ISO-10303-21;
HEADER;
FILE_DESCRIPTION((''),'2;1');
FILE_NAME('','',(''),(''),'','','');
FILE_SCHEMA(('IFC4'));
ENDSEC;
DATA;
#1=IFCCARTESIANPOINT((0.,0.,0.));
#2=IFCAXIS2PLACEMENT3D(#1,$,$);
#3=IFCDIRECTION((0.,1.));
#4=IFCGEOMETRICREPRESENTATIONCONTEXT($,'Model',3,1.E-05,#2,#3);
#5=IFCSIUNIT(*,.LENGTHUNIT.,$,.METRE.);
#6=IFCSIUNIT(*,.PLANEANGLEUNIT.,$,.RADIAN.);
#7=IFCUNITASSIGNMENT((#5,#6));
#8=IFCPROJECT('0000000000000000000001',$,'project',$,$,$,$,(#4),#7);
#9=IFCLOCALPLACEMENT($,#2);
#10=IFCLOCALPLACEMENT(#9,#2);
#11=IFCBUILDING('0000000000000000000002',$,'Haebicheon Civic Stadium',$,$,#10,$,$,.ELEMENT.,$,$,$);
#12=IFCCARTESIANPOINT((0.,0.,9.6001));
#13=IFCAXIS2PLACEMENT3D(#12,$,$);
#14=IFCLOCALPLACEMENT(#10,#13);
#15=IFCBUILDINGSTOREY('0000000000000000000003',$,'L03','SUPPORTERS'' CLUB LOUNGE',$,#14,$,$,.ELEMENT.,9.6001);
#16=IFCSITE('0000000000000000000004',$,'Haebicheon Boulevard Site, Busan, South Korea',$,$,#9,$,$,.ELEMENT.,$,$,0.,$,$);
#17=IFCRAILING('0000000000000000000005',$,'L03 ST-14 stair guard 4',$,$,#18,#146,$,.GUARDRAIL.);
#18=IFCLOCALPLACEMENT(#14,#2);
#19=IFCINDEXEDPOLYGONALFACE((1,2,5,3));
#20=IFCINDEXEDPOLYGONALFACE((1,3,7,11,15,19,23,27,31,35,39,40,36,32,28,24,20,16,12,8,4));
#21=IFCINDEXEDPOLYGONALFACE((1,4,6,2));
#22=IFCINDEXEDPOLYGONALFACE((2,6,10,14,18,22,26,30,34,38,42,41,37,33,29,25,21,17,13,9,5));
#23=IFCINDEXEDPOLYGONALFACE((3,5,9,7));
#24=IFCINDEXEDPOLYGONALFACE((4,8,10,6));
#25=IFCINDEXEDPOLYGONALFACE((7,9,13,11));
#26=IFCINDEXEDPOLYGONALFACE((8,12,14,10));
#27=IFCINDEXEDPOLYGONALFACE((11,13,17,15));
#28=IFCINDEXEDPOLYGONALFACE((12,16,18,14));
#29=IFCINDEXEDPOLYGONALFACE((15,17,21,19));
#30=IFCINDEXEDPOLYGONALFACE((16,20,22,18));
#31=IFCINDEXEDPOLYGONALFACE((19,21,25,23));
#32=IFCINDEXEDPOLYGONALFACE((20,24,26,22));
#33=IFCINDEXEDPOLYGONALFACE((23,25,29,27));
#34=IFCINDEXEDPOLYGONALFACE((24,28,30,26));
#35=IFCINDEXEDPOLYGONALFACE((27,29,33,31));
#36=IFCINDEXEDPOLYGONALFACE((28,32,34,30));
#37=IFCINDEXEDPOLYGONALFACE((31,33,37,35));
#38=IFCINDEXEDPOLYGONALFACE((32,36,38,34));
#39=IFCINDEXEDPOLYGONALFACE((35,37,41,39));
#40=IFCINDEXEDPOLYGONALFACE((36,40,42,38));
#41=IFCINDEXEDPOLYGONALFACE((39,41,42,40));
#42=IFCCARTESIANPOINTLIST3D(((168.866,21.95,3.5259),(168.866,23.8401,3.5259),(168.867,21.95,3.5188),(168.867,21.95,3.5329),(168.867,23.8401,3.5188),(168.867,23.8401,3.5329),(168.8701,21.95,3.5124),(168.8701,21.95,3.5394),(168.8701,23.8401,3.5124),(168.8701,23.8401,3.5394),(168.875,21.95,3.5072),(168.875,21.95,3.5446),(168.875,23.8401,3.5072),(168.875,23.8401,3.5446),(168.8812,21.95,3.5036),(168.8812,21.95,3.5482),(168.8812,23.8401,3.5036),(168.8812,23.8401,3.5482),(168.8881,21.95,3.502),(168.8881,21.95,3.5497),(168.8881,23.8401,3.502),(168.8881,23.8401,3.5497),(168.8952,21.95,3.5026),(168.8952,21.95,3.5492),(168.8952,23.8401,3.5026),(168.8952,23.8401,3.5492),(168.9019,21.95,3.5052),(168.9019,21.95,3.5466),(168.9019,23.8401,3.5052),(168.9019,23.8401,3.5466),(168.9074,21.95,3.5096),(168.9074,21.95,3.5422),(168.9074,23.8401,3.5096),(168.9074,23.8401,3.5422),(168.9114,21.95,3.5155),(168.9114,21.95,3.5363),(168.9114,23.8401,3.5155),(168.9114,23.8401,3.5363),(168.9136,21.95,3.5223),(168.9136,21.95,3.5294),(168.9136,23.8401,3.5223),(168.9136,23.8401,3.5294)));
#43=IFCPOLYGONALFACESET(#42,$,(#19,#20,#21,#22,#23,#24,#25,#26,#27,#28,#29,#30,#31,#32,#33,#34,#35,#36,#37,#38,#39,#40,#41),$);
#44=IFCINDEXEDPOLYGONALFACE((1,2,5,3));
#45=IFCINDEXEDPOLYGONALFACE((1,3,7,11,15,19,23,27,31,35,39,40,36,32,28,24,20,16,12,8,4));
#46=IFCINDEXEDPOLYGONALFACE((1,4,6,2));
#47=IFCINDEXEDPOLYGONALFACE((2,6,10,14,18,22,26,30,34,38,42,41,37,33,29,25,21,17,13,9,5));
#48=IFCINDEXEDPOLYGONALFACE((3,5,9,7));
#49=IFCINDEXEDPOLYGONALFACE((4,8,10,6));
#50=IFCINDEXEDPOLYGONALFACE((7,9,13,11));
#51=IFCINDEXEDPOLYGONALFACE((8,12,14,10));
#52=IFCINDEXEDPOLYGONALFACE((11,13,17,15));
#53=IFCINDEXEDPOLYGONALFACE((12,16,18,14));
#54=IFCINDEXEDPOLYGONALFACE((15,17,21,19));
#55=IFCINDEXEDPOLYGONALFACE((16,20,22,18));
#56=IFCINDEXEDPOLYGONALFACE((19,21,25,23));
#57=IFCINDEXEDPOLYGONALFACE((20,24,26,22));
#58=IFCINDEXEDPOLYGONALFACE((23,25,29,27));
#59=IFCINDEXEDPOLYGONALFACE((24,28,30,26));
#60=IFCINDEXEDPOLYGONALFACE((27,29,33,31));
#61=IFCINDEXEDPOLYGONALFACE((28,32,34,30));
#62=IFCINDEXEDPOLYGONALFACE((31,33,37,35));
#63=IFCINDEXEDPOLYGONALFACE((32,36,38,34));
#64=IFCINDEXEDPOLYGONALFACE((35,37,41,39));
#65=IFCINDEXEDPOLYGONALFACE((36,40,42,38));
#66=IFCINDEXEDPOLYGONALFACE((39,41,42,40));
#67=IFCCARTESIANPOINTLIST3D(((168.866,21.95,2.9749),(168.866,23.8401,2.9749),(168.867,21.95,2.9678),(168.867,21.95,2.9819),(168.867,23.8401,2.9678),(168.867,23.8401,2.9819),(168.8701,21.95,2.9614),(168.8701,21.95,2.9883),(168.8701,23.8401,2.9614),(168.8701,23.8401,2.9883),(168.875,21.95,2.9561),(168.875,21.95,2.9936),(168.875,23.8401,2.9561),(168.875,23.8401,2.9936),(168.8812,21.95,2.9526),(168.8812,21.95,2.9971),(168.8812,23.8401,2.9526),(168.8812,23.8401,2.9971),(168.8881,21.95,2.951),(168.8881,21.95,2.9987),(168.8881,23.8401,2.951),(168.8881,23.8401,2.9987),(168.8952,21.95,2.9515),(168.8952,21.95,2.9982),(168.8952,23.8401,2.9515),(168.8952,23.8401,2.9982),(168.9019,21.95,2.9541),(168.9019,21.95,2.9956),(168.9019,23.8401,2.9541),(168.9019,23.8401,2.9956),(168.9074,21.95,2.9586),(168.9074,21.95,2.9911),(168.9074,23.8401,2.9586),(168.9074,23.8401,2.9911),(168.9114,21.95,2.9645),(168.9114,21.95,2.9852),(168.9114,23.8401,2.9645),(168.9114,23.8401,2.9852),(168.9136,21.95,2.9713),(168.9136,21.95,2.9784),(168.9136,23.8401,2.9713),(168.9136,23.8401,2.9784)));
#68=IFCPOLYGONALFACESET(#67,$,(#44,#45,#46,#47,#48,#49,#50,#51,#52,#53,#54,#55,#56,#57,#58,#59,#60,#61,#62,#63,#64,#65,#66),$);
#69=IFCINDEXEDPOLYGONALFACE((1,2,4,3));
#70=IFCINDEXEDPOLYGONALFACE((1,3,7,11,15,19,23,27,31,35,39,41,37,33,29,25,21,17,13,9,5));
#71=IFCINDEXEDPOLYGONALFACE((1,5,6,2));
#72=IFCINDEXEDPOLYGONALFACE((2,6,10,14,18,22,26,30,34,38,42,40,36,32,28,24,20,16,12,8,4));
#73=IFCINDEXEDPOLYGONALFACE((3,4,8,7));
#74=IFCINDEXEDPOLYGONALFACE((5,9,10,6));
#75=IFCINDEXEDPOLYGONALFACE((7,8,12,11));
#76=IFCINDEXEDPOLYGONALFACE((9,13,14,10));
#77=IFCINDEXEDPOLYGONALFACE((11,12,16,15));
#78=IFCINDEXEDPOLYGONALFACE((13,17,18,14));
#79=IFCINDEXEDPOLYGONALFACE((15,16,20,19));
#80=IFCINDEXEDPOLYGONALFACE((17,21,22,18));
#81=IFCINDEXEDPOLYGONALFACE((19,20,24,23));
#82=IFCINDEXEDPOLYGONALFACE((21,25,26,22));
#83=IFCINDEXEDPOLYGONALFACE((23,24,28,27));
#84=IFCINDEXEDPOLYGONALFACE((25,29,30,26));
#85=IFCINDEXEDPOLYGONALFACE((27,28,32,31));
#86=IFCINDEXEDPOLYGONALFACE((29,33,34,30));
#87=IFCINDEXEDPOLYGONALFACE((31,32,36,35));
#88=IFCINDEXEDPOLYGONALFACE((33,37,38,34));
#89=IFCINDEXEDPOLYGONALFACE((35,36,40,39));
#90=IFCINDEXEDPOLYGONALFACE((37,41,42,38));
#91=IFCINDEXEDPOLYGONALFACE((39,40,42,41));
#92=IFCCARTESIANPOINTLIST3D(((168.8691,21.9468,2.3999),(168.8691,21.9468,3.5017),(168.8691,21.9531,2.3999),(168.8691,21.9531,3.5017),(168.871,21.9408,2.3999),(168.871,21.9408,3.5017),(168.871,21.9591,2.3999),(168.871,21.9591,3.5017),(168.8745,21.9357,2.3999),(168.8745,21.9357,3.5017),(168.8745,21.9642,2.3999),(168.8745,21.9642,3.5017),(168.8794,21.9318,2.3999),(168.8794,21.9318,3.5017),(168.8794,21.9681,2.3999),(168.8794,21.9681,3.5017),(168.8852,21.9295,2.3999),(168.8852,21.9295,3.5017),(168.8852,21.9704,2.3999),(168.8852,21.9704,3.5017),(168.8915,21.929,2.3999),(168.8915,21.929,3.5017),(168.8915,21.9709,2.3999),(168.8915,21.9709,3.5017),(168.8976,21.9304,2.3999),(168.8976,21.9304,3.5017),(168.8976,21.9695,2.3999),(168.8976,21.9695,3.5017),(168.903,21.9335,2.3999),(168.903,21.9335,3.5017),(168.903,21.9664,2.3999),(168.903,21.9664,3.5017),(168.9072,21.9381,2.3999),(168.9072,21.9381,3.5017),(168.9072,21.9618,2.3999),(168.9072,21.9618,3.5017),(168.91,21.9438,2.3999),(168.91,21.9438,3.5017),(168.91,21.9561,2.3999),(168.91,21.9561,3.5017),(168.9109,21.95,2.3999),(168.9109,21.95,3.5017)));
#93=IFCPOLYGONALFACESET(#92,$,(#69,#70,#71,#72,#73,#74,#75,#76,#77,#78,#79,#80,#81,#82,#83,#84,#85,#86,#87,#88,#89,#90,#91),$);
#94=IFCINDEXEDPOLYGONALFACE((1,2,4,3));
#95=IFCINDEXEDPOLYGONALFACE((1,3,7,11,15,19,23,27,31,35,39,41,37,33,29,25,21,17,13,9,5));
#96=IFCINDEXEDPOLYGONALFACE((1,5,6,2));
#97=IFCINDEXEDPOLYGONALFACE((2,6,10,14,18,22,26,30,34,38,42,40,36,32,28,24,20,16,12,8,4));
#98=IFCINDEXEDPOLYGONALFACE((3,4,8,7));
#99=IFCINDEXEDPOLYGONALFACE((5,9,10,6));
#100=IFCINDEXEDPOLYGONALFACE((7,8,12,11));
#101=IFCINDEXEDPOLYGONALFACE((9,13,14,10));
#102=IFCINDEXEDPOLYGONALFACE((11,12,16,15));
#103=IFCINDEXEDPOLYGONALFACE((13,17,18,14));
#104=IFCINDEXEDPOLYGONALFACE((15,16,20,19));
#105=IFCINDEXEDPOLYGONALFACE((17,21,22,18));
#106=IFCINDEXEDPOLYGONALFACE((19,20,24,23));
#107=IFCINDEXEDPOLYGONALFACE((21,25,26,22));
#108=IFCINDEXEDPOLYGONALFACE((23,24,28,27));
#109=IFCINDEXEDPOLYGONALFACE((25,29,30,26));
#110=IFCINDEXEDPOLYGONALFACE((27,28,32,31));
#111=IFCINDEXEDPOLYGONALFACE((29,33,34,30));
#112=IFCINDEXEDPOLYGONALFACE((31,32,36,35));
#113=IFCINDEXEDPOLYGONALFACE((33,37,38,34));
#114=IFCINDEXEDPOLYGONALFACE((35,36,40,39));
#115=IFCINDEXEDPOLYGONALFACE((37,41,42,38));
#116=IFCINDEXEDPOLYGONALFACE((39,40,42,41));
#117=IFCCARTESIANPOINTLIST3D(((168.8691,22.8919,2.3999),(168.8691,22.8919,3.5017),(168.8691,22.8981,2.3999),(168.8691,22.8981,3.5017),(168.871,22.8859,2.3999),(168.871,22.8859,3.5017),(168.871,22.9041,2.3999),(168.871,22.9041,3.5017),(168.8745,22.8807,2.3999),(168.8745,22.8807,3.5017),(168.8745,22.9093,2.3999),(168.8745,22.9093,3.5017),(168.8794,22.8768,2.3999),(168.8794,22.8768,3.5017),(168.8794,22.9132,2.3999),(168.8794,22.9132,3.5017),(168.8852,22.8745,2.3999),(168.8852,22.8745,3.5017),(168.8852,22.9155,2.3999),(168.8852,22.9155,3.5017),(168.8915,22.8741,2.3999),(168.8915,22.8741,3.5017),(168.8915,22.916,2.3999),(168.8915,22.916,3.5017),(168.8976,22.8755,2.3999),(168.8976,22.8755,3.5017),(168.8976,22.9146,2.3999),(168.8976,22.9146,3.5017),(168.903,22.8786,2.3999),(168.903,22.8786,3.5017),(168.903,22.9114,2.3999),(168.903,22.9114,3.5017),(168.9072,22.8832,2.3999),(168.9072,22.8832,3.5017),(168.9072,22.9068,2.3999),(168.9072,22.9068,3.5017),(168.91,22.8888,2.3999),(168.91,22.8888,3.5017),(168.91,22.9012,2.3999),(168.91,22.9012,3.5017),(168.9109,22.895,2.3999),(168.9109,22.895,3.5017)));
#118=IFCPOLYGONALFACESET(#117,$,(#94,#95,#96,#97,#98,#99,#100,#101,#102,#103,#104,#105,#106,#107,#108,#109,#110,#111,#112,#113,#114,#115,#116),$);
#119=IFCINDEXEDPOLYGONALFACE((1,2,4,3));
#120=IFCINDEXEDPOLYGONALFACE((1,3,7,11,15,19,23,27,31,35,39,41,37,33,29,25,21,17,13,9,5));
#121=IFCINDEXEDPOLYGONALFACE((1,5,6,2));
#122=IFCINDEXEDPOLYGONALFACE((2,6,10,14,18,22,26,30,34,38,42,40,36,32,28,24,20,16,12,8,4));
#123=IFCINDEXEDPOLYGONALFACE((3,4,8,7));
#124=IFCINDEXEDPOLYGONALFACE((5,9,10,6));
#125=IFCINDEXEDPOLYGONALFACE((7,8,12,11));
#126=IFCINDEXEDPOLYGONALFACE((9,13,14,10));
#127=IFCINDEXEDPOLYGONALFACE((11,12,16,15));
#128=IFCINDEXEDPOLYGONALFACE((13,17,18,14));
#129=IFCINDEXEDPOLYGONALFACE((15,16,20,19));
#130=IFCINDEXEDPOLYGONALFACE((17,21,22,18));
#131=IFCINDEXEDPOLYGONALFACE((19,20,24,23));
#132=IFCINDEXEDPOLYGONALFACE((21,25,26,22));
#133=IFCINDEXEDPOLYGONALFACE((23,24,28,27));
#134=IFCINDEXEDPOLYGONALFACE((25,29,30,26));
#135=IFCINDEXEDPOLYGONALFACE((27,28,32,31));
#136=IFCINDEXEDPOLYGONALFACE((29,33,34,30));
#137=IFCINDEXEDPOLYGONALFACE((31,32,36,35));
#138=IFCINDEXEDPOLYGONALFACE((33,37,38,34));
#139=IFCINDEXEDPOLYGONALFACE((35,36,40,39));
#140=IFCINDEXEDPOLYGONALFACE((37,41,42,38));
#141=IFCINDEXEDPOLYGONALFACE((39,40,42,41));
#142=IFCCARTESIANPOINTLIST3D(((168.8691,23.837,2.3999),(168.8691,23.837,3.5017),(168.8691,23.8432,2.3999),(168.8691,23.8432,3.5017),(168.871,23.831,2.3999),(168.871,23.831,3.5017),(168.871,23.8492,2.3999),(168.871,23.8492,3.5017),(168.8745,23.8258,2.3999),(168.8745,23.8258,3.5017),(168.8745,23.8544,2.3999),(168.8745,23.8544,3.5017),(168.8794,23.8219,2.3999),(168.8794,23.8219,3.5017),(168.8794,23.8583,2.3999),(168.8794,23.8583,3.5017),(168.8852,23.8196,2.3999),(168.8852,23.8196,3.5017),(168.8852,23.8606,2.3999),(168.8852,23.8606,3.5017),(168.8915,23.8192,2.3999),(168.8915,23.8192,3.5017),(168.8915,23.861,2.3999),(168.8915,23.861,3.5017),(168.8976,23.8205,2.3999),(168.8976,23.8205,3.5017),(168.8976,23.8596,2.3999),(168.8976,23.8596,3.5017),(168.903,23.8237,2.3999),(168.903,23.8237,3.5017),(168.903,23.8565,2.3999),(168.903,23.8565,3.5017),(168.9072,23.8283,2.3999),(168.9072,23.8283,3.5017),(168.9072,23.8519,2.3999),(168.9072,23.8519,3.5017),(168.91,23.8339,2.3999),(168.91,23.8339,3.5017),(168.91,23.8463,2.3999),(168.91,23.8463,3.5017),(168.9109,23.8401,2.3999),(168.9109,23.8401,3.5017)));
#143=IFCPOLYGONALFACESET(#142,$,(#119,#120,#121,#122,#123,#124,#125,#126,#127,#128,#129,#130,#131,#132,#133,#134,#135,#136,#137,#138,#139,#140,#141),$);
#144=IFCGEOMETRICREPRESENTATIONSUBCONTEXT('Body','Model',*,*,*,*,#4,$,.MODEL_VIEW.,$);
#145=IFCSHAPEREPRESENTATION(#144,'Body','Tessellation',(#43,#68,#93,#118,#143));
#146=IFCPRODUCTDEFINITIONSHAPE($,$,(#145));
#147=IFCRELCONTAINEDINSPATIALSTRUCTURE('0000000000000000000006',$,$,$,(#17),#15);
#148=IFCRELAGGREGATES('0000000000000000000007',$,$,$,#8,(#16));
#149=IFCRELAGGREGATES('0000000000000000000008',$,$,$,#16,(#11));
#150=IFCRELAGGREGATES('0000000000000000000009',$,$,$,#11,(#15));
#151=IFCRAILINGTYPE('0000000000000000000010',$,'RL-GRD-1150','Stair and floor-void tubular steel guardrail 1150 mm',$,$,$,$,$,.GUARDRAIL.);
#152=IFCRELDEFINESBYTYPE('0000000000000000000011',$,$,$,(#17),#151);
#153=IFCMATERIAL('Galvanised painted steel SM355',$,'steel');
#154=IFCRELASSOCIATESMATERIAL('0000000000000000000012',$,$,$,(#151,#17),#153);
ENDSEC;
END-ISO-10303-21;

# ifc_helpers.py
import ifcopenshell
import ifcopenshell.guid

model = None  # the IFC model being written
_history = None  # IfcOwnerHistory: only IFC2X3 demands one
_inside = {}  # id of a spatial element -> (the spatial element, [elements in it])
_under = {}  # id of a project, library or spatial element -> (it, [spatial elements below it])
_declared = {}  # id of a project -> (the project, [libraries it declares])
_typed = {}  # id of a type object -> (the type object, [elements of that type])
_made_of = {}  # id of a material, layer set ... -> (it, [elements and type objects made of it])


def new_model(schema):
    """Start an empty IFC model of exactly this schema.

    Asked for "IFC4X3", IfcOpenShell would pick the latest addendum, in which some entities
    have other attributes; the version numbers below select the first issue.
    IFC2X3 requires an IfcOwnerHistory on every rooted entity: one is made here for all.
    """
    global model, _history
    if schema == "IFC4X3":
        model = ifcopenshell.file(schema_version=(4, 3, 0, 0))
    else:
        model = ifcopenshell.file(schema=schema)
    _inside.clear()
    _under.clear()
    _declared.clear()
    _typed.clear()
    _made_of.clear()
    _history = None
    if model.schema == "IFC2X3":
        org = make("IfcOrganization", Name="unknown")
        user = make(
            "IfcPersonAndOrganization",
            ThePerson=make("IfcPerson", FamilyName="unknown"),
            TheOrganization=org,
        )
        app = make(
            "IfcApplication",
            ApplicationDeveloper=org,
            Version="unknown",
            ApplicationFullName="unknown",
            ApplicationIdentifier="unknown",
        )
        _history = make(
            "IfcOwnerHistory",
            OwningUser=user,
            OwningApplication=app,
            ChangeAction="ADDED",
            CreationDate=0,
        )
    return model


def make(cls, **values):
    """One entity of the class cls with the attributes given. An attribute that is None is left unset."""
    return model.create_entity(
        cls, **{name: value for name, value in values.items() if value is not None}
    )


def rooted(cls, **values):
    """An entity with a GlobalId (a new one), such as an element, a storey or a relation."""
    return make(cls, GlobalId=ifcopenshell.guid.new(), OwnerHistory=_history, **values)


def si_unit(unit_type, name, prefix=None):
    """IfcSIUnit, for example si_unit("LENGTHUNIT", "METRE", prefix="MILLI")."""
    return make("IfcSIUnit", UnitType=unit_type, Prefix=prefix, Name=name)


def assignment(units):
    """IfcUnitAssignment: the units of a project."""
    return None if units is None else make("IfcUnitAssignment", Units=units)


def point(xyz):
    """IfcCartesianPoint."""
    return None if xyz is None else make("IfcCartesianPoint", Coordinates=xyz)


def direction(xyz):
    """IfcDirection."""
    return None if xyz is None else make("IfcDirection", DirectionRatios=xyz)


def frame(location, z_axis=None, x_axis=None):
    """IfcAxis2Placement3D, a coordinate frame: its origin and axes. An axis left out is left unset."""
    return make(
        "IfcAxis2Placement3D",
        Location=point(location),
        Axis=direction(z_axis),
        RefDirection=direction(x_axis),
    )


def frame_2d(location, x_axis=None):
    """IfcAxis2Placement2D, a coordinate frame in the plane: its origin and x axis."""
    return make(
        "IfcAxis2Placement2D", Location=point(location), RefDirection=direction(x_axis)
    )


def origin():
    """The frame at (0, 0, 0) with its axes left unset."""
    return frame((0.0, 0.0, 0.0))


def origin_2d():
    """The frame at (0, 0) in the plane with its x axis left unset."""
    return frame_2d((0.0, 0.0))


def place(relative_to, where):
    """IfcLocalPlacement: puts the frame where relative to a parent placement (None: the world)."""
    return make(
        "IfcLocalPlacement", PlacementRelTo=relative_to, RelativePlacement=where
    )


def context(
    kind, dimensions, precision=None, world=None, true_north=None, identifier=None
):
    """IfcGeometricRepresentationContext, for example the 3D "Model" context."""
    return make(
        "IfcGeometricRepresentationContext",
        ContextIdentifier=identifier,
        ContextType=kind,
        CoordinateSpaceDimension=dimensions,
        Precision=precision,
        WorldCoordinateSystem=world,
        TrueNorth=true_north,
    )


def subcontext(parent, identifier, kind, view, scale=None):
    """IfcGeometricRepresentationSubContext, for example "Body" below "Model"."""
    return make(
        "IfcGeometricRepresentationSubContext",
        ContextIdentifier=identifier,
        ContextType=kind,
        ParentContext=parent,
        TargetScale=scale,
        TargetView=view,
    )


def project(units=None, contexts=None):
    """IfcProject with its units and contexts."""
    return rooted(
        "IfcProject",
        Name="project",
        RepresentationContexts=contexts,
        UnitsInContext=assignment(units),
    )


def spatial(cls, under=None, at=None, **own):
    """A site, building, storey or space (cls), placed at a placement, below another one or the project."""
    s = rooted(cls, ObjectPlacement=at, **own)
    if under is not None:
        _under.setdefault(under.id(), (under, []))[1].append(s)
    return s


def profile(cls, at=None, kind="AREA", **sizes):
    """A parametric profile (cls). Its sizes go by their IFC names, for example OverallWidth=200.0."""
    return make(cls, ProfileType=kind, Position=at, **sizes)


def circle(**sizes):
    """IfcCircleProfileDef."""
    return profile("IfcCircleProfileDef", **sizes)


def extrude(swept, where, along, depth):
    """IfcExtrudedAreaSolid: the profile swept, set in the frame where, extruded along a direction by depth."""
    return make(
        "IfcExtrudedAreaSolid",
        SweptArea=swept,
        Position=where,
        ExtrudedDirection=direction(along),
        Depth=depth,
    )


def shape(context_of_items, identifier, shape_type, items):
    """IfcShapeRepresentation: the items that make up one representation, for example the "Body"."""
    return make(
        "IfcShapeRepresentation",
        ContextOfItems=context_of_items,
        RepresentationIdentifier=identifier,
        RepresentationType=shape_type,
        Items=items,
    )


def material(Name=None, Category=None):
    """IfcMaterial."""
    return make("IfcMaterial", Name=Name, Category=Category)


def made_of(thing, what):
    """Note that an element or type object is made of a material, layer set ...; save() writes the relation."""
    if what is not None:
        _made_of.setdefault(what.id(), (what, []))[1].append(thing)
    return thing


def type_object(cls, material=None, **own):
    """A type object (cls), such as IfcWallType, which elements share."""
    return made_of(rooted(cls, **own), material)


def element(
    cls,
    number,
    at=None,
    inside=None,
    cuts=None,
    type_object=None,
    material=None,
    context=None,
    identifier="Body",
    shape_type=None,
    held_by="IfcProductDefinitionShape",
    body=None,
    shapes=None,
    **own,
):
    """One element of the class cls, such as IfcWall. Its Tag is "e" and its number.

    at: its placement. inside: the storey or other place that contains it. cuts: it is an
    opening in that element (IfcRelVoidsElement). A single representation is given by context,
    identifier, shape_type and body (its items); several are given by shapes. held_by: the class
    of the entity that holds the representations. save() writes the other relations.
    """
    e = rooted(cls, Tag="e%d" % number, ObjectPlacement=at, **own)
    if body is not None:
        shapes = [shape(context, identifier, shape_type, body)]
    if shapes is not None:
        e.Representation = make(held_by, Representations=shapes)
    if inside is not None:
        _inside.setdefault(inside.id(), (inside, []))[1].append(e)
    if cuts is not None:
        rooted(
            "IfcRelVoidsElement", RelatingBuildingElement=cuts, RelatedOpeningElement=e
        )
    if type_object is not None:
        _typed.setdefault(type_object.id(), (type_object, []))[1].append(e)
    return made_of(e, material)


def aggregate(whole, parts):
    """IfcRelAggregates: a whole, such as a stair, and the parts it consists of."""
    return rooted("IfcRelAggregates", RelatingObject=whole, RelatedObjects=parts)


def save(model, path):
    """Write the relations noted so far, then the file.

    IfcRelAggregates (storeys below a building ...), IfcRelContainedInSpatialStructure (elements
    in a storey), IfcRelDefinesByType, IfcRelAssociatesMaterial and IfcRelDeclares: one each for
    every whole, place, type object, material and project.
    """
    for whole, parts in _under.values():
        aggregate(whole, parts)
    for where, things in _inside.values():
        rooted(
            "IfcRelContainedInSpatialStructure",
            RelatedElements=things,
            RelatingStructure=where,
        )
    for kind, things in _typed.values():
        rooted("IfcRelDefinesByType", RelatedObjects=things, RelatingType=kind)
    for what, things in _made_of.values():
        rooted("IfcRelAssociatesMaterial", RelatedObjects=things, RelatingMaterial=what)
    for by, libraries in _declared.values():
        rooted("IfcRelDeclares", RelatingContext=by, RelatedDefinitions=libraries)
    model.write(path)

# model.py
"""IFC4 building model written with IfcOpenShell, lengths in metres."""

from ifc_helpers import new_model, si_unit, direction, frame, origin, origin_2d, place, context, subcontext, project, spatial, circle, extrude, material, type_object, element, save


model = new_model("IFC4")

# Units and contexts
model_context = context("Model", 3, precision=1e-05, world=origin(), true_north=direction((0.0, 1.0)))
body_context = subcontext(model_context, "Body", "Model", "MODEL_VIEW")
ifc_project = project(units=[si_unit("LENGTHUNIT", "METRE"), si_unit("PLANEANGLEUNIT", "RADIAN")], contexts=[model_context])

# Site, building, storey
site_placement = place(None, origin())
site = spatial("IfcSite", under=ifc_project, at=site_placement, Name="Haebicheon Boulevard Site, Busan, South Korea", CompositionType="ELEMENT", RefElevation=0.0)
building_placement = place(site_placement, origin())
building = spatial("IfcBuilding", under=site, at=building_placement, Name="Haebicheon Civic Stadium", CompositionType="ELEMENT")
storey_placement = place(building_placement, frame((0.0, 0.0, 9.6001)))
storey = spatial("IfcBuildingStorey", under=building, at=storey_placement, Name="L03", Description="SUPPORTERS' CLUB LOUNGE", CompositionType="ELEMENT", Elevation=9.6001)

# Railing
ifc_material_1 = material(Name="Galvanised painted steel SM355", Category="steel")
railing_type_1 = type_object("IfcRailingType", Name="RL-GRD-1150", Description="Stair and floor-void tubular steel guardrail 1150 mm", PredefinedType="GUARDRAIL", material=ifc_material_1)
for number, where, name in (
    (1, (168.8899, 21.95, 2.3999), "L03 ST-14 stair guard 4"),
):
    element("IfcRailing", number, at=place(storey_placement, frame(where)), inside=storey, type_object=railing_type_1, material=ifc_material_1, Name=name, PredefinedType="GUARDRAIL", context=body_context, shape_type="SweptSolid", body=[
        extrude(circle(Radius=0.0239, at=origin_2d()), frame((0.0, 0.0, 1.126), z_axis=(0.0, 1.0, 0.0), x_axis=(-1.0, 0.0, 0.0)), (0.0, 0.0, 1.0), 1.8901),
        extrude(circle(Radius=0.0239, at=origin_2d()), frame((0.0, 0.0, 0.575), z_axis=(0.0, 1.0, 0.0), x_axis=(-1.0, 0.0, 0.0)), (0.0, 0.0, 1.0), 1.8901),
        extrude(circle(Radius=0.021, at=origin_2d()), origin(), (0.0, 0.0, 1.0), 1.1018),
        extrude(circle(Radius=0.021, at=origin_2d()), frame((0.0, 0.9451, 0.0)), (0.0, 0.0, 1.0), 1.1018),
        extrude(circle(Radius=0.021, at=origin_2d()), frame((0.0, 1.8901, 0.0)), (0.0, 0.0, 1.0), 1.1018),
    ])

save(model, "model.ifc")
